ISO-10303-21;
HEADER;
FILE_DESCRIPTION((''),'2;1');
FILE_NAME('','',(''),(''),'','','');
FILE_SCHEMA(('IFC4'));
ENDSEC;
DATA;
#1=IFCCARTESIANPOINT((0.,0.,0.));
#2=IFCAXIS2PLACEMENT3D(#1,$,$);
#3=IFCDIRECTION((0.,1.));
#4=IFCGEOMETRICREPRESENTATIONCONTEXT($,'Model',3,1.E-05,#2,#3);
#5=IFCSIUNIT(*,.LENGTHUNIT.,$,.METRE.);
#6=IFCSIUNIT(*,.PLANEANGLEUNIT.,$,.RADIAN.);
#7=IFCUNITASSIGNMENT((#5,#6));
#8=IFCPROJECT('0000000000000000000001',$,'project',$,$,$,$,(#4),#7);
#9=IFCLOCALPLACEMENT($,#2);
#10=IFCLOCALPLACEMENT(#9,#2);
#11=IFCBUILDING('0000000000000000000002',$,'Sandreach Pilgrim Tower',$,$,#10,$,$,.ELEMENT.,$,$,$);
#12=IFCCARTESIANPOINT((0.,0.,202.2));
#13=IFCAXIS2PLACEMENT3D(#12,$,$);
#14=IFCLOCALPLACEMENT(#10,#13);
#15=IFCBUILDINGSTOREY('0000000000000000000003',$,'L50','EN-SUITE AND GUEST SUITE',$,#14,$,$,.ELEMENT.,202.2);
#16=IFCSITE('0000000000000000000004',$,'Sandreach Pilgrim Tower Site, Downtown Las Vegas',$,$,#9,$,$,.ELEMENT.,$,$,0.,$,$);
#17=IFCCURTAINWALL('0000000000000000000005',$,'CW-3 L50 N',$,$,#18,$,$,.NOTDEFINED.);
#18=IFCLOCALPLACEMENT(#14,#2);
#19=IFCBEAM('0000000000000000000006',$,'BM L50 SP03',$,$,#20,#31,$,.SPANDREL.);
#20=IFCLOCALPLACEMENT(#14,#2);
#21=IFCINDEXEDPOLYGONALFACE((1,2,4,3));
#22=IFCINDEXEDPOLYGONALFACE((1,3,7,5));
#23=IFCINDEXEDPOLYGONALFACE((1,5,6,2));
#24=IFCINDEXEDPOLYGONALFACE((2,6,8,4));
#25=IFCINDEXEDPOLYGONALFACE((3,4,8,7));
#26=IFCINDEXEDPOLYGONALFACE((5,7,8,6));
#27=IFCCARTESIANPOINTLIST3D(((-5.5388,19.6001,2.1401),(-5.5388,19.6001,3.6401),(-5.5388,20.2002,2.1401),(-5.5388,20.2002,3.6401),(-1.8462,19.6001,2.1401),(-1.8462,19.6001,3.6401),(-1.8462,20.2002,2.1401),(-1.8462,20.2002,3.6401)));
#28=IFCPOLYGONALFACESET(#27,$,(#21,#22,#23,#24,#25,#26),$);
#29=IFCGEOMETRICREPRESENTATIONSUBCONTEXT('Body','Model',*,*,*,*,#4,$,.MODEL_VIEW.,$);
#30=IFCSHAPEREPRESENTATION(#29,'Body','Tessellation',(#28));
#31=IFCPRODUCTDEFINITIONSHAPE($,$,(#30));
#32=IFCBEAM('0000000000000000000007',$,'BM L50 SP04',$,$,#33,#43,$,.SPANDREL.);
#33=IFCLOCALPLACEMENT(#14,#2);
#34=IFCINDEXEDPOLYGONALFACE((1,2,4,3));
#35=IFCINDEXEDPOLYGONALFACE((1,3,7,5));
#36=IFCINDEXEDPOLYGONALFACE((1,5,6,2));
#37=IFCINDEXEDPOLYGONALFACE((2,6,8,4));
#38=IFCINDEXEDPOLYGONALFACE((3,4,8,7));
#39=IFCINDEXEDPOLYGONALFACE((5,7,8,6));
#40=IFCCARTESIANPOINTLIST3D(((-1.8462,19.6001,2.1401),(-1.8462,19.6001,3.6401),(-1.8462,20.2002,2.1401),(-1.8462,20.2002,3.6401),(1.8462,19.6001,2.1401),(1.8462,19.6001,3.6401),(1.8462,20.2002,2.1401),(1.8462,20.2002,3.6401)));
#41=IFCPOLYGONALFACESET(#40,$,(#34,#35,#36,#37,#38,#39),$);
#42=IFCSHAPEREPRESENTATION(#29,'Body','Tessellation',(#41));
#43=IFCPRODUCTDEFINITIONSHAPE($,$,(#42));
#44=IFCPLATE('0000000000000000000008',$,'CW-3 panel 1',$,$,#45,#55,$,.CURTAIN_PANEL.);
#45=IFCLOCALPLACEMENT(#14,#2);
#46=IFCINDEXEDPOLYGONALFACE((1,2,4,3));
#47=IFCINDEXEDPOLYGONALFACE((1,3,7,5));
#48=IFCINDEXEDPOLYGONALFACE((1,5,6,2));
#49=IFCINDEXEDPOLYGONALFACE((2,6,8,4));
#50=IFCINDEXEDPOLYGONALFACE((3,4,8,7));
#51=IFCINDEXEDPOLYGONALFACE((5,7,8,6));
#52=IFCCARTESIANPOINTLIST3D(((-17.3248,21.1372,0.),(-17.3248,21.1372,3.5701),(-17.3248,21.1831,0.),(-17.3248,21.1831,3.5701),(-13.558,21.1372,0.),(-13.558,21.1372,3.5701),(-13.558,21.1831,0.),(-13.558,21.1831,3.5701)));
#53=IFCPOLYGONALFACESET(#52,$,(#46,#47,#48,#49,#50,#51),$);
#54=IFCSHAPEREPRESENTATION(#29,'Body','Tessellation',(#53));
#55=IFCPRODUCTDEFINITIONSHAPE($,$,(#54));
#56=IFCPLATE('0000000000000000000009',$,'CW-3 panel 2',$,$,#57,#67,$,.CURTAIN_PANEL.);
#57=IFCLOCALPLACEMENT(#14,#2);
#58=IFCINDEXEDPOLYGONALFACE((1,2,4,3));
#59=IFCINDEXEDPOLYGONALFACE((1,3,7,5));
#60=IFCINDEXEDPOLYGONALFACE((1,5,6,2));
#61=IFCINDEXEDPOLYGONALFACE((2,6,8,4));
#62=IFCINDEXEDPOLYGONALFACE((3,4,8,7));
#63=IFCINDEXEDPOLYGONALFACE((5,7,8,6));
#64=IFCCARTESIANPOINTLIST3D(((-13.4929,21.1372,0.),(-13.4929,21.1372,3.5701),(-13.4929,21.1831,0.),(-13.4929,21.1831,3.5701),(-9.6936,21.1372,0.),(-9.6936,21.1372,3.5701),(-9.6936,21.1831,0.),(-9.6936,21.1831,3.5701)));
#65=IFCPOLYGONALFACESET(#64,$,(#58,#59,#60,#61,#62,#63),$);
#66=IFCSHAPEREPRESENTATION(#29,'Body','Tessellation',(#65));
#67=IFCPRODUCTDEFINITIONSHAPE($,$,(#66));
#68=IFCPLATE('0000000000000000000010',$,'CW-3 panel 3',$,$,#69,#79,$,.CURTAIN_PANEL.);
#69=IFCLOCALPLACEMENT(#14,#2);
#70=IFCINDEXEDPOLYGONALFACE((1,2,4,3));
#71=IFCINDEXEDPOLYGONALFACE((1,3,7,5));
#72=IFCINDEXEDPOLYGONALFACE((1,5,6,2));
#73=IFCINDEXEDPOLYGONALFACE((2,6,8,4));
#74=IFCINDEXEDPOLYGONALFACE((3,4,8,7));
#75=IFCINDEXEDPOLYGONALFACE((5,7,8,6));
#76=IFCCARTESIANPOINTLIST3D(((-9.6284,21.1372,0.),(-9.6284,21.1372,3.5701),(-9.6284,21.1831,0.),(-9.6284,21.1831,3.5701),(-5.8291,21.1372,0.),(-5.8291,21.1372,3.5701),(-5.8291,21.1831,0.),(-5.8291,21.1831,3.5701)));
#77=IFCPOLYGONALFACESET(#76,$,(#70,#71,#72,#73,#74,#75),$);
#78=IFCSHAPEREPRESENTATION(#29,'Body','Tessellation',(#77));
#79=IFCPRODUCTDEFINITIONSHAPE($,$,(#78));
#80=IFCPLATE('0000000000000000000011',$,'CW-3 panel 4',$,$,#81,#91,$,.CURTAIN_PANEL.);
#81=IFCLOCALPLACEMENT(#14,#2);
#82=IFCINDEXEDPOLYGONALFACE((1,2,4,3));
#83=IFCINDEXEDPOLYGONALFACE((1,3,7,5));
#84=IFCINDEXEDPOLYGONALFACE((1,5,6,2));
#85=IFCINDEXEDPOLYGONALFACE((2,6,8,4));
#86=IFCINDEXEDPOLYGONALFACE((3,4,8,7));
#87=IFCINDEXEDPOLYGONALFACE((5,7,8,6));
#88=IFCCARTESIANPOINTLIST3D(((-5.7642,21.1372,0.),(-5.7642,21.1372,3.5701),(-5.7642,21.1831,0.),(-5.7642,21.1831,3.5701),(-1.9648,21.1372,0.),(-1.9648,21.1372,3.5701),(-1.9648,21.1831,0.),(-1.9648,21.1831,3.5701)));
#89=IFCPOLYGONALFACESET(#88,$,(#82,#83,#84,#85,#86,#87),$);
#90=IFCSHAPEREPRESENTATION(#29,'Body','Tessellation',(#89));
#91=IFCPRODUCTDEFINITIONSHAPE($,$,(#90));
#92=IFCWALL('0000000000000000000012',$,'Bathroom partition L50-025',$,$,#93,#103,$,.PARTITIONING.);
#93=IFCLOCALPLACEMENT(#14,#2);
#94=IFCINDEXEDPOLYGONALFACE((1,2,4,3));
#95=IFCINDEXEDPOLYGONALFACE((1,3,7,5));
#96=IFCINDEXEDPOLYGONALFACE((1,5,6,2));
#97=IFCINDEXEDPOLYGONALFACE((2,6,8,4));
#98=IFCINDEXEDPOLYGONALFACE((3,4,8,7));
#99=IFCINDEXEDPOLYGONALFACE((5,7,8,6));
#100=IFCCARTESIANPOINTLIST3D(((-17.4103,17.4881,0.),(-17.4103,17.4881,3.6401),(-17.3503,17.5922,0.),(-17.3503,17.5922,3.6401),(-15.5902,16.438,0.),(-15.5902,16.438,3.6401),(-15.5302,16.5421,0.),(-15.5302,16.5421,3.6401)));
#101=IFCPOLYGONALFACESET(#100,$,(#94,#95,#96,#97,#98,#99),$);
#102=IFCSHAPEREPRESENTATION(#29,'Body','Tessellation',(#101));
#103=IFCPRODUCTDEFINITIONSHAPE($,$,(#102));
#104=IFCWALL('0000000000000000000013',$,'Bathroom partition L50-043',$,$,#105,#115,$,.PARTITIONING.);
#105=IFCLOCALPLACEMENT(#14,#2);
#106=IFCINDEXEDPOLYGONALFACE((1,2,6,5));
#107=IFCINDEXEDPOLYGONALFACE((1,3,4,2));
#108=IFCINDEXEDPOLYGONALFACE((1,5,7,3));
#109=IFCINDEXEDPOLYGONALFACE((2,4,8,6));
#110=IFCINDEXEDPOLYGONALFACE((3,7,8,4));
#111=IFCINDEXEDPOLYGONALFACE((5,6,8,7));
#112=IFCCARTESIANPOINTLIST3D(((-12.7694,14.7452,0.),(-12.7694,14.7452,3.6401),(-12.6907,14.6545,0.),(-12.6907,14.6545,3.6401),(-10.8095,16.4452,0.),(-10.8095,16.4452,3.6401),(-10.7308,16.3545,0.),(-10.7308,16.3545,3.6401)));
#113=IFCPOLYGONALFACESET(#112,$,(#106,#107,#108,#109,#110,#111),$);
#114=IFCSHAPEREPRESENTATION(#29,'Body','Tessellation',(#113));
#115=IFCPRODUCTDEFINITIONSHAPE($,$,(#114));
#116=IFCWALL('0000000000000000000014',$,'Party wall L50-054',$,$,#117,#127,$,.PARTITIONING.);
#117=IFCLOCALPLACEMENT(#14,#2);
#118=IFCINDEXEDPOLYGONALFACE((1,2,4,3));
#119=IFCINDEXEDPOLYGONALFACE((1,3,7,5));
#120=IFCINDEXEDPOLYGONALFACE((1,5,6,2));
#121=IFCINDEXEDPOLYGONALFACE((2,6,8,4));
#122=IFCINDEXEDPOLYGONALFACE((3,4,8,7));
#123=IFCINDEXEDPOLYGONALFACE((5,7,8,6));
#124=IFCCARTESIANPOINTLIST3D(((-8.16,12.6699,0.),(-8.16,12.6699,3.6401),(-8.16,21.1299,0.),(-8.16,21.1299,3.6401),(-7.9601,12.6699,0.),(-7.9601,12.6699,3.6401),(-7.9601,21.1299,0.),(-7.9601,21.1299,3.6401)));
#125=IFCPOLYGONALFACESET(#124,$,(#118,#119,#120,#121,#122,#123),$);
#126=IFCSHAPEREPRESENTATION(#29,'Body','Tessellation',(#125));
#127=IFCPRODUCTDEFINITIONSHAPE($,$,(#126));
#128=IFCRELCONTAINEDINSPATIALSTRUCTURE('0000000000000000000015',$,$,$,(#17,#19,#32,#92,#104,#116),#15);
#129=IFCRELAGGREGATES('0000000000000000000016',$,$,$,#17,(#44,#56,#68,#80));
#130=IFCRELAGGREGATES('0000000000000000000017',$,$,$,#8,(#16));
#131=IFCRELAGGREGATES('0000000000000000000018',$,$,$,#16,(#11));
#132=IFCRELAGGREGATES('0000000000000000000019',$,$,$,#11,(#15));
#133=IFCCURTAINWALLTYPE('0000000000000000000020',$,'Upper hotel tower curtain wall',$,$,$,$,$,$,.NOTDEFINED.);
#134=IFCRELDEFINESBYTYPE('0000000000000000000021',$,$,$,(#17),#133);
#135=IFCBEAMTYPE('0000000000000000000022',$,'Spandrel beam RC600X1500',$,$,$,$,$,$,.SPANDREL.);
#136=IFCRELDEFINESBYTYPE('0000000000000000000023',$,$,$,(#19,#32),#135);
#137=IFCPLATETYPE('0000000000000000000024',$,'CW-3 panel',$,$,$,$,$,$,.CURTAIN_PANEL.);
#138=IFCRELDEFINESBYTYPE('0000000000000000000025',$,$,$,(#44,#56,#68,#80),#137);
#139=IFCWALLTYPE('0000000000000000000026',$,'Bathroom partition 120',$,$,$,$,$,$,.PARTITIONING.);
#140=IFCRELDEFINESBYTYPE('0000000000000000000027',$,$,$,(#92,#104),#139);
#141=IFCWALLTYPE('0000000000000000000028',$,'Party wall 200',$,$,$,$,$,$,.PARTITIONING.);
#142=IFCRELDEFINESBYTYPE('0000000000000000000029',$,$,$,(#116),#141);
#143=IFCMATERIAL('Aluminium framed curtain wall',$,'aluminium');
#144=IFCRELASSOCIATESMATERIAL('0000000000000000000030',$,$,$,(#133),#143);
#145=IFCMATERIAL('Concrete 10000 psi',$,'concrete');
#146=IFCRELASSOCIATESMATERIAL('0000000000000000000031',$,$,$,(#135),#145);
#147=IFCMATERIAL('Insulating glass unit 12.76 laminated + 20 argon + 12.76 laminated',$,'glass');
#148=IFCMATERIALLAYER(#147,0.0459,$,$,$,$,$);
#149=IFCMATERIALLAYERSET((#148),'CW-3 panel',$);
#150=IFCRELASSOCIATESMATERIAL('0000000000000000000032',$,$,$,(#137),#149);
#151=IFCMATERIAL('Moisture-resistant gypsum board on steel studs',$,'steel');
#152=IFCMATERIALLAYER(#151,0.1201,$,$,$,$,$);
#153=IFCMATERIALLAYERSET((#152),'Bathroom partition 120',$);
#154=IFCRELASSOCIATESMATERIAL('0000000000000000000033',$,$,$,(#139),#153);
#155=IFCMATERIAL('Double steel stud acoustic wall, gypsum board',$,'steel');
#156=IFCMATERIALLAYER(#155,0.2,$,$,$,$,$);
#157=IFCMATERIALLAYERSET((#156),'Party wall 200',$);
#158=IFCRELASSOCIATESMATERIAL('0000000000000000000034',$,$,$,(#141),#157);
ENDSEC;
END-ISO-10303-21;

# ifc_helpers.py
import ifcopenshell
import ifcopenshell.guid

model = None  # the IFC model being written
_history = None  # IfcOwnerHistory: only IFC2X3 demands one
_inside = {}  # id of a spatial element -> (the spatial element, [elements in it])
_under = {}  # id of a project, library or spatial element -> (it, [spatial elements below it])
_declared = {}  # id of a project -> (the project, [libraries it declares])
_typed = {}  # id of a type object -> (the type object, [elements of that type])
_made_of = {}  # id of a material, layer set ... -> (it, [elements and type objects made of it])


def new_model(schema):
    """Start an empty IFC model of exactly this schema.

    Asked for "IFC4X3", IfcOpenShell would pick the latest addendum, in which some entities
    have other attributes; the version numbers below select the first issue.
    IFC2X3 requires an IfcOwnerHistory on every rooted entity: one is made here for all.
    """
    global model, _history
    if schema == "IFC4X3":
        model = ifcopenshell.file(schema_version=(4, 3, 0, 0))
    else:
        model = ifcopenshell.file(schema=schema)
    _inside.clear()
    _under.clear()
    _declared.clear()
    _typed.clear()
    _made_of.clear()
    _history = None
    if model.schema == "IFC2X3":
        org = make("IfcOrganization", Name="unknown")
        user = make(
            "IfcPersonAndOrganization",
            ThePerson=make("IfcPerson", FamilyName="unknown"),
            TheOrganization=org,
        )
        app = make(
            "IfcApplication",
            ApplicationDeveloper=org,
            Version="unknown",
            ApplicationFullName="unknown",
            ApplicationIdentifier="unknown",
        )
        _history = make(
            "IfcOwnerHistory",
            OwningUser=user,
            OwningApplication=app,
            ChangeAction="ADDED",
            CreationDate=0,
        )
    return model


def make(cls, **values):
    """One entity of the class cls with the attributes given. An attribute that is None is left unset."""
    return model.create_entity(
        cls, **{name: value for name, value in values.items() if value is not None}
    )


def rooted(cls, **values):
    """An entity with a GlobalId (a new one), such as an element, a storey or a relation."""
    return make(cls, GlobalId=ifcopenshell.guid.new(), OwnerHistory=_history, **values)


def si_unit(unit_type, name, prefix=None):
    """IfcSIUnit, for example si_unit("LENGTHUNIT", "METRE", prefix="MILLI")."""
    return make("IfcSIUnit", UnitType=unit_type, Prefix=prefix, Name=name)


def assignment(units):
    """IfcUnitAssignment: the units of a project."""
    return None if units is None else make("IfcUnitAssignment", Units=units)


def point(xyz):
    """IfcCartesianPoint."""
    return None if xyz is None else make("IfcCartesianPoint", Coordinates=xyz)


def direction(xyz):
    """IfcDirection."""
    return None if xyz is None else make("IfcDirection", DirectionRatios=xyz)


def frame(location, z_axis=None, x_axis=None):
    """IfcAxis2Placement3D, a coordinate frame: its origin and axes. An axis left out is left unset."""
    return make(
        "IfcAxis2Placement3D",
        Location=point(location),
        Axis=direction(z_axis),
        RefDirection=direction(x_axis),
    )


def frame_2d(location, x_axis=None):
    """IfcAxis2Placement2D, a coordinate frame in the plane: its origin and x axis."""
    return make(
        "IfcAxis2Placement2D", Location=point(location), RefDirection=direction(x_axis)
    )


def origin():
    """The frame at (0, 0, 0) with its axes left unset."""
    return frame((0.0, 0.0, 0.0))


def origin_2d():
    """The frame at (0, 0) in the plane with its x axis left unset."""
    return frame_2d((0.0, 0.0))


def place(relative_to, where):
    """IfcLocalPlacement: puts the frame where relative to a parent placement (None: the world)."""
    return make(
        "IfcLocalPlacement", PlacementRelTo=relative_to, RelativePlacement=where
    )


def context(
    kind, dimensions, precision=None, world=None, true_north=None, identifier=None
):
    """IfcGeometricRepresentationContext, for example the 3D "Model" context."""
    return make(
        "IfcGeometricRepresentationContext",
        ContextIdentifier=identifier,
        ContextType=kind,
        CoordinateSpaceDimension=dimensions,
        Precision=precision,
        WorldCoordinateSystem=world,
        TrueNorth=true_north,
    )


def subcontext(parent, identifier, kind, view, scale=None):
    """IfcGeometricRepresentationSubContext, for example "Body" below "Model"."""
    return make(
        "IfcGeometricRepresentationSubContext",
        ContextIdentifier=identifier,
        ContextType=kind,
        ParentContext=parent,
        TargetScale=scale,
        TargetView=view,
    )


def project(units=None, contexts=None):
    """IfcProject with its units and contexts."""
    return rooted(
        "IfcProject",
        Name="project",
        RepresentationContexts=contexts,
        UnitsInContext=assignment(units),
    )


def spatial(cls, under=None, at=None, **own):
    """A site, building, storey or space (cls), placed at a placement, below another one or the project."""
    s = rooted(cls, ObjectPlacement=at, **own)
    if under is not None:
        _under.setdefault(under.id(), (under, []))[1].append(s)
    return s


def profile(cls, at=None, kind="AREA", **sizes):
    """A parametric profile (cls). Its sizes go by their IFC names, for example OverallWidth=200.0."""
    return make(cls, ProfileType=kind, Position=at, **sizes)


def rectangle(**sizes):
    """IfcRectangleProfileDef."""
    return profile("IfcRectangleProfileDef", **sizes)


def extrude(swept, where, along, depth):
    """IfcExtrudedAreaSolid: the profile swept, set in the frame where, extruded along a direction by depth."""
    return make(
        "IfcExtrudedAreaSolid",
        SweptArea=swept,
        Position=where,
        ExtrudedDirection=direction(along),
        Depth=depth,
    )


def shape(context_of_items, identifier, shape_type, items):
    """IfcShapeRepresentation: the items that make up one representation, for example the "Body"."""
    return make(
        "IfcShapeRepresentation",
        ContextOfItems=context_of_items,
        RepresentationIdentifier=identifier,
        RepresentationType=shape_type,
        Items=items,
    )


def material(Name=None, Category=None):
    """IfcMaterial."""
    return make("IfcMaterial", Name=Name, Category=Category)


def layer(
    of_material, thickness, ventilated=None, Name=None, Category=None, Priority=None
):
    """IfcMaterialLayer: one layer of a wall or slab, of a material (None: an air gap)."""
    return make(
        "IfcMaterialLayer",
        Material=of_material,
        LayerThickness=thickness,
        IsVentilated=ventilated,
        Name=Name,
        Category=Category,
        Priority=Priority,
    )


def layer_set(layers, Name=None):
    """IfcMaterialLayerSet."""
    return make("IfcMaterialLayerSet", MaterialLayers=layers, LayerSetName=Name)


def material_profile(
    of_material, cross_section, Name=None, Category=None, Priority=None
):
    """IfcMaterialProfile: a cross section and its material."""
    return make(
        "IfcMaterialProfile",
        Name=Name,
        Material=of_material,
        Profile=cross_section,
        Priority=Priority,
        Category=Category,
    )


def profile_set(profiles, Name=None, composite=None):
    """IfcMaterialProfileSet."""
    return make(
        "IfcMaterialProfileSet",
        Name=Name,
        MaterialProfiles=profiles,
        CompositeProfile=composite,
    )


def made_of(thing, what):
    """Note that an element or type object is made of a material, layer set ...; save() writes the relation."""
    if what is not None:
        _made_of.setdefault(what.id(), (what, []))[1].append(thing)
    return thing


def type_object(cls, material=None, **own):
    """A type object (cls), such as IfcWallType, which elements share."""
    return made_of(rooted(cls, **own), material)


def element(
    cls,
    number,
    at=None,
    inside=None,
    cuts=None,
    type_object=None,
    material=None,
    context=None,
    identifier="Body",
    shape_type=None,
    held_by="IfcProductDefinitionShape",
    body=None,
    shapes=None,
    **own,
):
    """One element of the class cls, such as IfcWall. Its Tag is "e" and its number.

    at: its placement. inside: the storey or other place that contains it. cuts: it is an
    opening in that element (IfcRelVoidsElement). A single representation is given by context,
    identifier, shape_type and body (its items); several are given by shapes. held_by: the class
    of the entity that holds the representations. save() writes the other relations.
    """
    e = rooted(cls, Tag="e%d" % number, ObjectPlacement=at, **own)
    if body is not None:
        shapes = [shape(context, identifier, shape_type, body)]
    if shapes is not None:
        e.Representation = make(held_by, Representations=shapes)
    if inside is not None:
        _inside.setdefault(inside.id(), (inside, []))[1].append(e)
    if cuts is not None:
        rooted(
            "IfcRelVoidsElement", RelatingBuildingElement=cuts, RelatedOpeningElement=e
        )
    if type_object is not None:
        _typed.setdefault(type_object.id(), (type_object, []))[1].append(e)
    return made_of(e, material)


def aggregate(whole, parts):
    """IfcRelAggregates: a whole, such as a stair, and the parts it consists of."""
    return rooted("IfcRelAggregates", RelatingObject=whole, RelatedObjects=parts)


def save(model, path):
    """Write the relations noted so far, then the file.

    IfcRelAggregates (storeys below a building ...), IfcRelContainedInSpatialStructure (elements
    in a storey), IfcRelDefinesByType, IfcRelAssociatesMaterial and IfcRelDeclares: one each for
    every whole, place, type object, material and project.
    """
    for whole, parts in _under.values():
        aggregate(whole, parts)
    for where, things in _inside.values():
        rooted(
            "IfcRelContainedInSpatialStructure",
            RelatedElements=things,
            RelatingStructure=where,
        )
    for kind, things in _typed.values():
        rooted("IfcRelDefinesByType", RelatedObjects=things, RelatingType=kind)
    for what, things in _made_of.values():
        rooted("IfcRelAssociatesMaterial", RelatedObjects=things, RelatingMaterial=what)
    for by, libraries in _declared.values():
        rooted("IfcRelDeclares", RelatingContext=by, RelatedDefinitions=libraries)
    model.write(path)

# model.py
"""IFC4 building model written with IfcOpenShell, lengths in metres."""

from ifc_helpers import new_model, si_unit, direction, frame, frame_2d, origin, origin_2d, place, context, subcontext, project, spatial, rectangle, extrude, material, layer, layer_set, material_profile, profile_set, type_object, element, aggregate, save


model = new_model("IFC4")

# Units and contexts
model_context = context("Model", 3, precision=1e-05, world=origin(), true_north=direction((0.0, 1.0)))
body_context = subcontext(model_context, "Body", "Model", "MODEL_VIEW")
ifc_project = project(units=[si_unit("LENGTHUNIT", "METRE"), si_unit("PLANEANGLEUNIT", "RADIAN")], contexts=[model_context])

# Site, building, storey
site_placement = place(None, origin())
site = spatial("IfcSite", under=ifc_project, at=site_placement, Name="Sandreach Pilgrim Tower Site, Downtown Las Vegas", CompositionType="ELEMENT", RefElevation=0.0)
building_placement = place(site_placement, origin())
building = spatial("IfcBuilding", under=site, at=building_placement, Name="Sandreach Pilgrim Tower", CompositionType="ELEMENT")
storey_placement = place(building_placement, frame((0.0, 0.0, 202.2)))
storey = spatial("IfcBuildingStorey", under=building, at=storey_placement, Name="L50", Description="EN-SUITE AND GUEST SUITE", CompositionType="ELEMENT", Elevation=202.2)

# Curtain wall
ifc_material_1 = material(Name="Aluminium framed curtain wall", Category="aluminium")
curtain_wall_type = type_object("IfcCurtainWallType", Name="Upper hotel tower curtain wall", PredefinedType="NOTDEFINED", material=ifc_material_1)
curtain_wall_placement = place(storey_placement, origin())
curtain_wall = element("IfcCurtainWall", 1, at=curtain_wall_placement, inside=storey, type_object=curtain_wall_type, Name="CW-3 L50 N", PredefinedType="NOTDEFINED")

# Beams
ifc_material_2 = material(Name="Concrete 10000 psi", Category="concrete")
ifc_material_profile_1 = material_profile(ifc_material_2, rectangle(XDim=0.6001, YDim=1.5, at=origin_2d()), Name="RC600X1500")
ifc_profile_set_1 = profile_set([ifc_material_profile_1], Name="Concrete 10000 psi")
beam_type_1 = type_object("IfcBeamType", Name="Spandrel beam RC600X1500", PredefinedType="SPANDREL", material=ifc_profile_set_1)
beam_1_placement = place(storey_placement, frame((-5.5388, 19.9001, 2.8901), z_axis=(1.0, 0.0, 0.0), x_axis=(0.0, 1.0, 0.0)))
element("IfcBeam", 2, at=beam_1_placement, inside=storey, type_object=beam_type_1, Name="BM L50 SP03", PredefinedType="SPANDREL", context=body_context, shape_type="SweptSolid", body=[
    extrude(rectangle(XDim=0.6001, YDim=1.5, at=origin_2d()), origin(), (0.0, 0.0, 1.0), 3.6926),
])
beam_2_placement = place(storey_placement, frame((-1.8462, 19.9001, 2.8901), z_axis=(1.0, 0.0, 0.0), x_axis=(0.0, 1.0, 0.0)))
element("IfcBeam", 3, at=beam_2_placement, inside=storey, type_object=beam_type_1, Name="BM L50 SP04", PredefinedType="SPANDREL", context=body_context, shape_type="SweptSolid", body=[
    extrude(rectangle(XDim=0.6001, YDim=1.5, at=origin_2d()), origin(), (0.0, 0.0, 1.0), 3.6924),
])

# Plates
ifc_material_3 = material(Name="Insulating glass unit 12.76 laminated + 20 argon + 12.76 laminated", Category="glass")
ifc_layer_1 = layer(ifc_material_3, 0.0459)
ifc_layer_set_1 = layer_set([ifc_layer_1], Name="CW-3 panel")
plate_type = type_object("IfcPlateType", Name="CW-3 panel", PredefinedType="CURTAIN_PANEL", material=ifc_layer_set_1)
plate_1_placement = place(storey_placement, frame((-15.4414, 21.1602, 0.0), z_axis=(0.0, 0.0, 1.0), x_axis=(1.0, 0.0, 0.0)))
plate_1 = element("IfcPlate", 4, at=plate_1_placement, type_object=plate_type, Name="CW-3 panel 1", PredefinedType="CURTAIN_PANEL", context=body_context, shape_type="SweptSolid", body=[
    extrude(rectangle(XDim=3.7668, YDim=0.0459, at=origin_2d()), origin(), (0.0, 0.0, 1.0), 3.5701),
])
plate_2_placement = place(storey_placement, frame((-11.5933, 21.1602, 0.0), z_axis=(0.0, 0.0, 1.0), x_axis=(1.0, 0.0, 0.0)))
plate_2 = element("IfcPlate", 5, at=plate_2_placement, type_object=plate_type, Name="CW-3 panel 2", PredefinedType="CURTAIN_PANEL", context=body_context, shape_type="SweptSolid", body=[
    extrude(rectangle(XDim=3.7993, YDim=0.0459, at=origin_2d()), origin(), (0.0, 0.0, 1.0), 3.5701),
])
plate_3_placement = place(storey_placement, frame((-7.7288, 21.1602, 0.0), z_axis=(0.0, 0.0, 1.0), x_axis=(1.0, 0.0, 0.0)))
plate_3 = element("IfcPlate", 6, at=plate_3_placement, type_object=plate_type, Name="CW-3 panel 3", PredefinedType="CURTAIN_PANEL", context=body_context, shape_type="SweptSolid", body=[
    extrude(rectangle(XDim=3.7993, YDim=0.0459, at=origin_2d()), origin(), (0.0, 0.0, 1.0), 3.5701),
])
plate_4_placement = place(storey_placement, frame((-3.8645, 21.1602, 0.0), z_axis=(0.0, 0.0, 1.0), x_axis=(1.0, 0.0, 0.0)))
plate_4 = element("IfcPlate", 7, at=plate_4_placement, type_object=plate_type, Name="CW-3 panel 4", PredefinedType="CURTAIN_PANEL", context=body_context, shape_type="SweptSolid", body=[
    extrude(rectangle(XDim=3.7993, YDim=0.0459, at=origin_2d()), origin(), (0.0, 0.0, 1.0), 3.5701),
])
aggregate(curtain_wall, [plate_1, plate_2, plate_3, plate_4])

# Walls
ifc_material_4 = material(Name="Moisture-resistant gypsum board on steel studs", Category="steel")
ifc_layer_2 = layer(ifc_material_4, 0.1201)
ifc_layer_set_2 = layer_set([ifc_layer_2], Name="Bathroom partition 120")
wall_type_1 = type_object("IfcWallType", Name="Bathroom partition 120", PredefinedType="PARTITIONING", material=ifc_layer_set_2)
wall_1_placement = place(storey_placement, frame((-15.5601, 16.49, 0.0), z_axis=(0.0, 0.0, 1.0), x_axis=(-0.866184, 0.499726, 0.0)))
element("IfcWall", 8, at=wall_1_placement, inside=storey, type_object=wall_type_1, Name="Bathroom partition L50-025", PredefinedType="PARTITIONING", context=body_context, shape_type="SweptSolid", body=[
    extrude(rectangle(XDim=2.1013, YDim=0.1201, at=frame_2d((1.0508, 0.0))), origin(), (0.0, 0.0, 1.0), 3.6401),
])
wall_2_placement = place(storey_placement, frame((-10.77, 16.3999, 0.0), z_axis=(0.0, 0.0, 1.0), x_axis=(-0.755438, -0.655221, 0.0)))
element("IfcWall", 9, at=wall_2_placement, inside=storey, type_object=wall_type_1, Name="Bathroom partition L50-043", PredefinedType="PARTITIONING", context=body_context, shape_type="SweptSolid", body=[
    extrude(rectangle(XDim=2.5945, YDim=0.1201, at=frame_2d((1.2974, 0.0))), origin(), (0.0, 0.0, 1.0), 3.6401),
])
ifc_material_5 = material(Name="Double steel stud acoustic wall, gypsum board", Category="steel")
ifc_layer_3 = layer(ifc_material_5, 0.2)
ifc_layer_set_3 = layer_set([ifc_layer_3], Name="Party wall 200")
wall_type_2 = type_object("IfcWallType", Name="Party wall 200", PredefinedType="PARTITIONING", material=ifc_layer_set_3)
wall_3_placement = place(storey_placement, frame((-8.0601, 21.1299, 0.0), z_axis=(0.0, 0.0, 1.0), x_axis=(0.0, -1.0, 0.0)))
element("IfcWall", 10, at=wall_3_placement, inside=storey, type_object=wall_type_2, Name="Party wall L50-054", PredefinedType="PARTITIONING", context=body_context, shape_type="SweptSolid", body=[
    extrude(rectangle(XDim=8.46, YDim=0.2, at=frame_2d((4.23, 0.0))), origin(), (0.0, 0.0, 1.0), 3.6401),
])

save(model, "model.ifc")
